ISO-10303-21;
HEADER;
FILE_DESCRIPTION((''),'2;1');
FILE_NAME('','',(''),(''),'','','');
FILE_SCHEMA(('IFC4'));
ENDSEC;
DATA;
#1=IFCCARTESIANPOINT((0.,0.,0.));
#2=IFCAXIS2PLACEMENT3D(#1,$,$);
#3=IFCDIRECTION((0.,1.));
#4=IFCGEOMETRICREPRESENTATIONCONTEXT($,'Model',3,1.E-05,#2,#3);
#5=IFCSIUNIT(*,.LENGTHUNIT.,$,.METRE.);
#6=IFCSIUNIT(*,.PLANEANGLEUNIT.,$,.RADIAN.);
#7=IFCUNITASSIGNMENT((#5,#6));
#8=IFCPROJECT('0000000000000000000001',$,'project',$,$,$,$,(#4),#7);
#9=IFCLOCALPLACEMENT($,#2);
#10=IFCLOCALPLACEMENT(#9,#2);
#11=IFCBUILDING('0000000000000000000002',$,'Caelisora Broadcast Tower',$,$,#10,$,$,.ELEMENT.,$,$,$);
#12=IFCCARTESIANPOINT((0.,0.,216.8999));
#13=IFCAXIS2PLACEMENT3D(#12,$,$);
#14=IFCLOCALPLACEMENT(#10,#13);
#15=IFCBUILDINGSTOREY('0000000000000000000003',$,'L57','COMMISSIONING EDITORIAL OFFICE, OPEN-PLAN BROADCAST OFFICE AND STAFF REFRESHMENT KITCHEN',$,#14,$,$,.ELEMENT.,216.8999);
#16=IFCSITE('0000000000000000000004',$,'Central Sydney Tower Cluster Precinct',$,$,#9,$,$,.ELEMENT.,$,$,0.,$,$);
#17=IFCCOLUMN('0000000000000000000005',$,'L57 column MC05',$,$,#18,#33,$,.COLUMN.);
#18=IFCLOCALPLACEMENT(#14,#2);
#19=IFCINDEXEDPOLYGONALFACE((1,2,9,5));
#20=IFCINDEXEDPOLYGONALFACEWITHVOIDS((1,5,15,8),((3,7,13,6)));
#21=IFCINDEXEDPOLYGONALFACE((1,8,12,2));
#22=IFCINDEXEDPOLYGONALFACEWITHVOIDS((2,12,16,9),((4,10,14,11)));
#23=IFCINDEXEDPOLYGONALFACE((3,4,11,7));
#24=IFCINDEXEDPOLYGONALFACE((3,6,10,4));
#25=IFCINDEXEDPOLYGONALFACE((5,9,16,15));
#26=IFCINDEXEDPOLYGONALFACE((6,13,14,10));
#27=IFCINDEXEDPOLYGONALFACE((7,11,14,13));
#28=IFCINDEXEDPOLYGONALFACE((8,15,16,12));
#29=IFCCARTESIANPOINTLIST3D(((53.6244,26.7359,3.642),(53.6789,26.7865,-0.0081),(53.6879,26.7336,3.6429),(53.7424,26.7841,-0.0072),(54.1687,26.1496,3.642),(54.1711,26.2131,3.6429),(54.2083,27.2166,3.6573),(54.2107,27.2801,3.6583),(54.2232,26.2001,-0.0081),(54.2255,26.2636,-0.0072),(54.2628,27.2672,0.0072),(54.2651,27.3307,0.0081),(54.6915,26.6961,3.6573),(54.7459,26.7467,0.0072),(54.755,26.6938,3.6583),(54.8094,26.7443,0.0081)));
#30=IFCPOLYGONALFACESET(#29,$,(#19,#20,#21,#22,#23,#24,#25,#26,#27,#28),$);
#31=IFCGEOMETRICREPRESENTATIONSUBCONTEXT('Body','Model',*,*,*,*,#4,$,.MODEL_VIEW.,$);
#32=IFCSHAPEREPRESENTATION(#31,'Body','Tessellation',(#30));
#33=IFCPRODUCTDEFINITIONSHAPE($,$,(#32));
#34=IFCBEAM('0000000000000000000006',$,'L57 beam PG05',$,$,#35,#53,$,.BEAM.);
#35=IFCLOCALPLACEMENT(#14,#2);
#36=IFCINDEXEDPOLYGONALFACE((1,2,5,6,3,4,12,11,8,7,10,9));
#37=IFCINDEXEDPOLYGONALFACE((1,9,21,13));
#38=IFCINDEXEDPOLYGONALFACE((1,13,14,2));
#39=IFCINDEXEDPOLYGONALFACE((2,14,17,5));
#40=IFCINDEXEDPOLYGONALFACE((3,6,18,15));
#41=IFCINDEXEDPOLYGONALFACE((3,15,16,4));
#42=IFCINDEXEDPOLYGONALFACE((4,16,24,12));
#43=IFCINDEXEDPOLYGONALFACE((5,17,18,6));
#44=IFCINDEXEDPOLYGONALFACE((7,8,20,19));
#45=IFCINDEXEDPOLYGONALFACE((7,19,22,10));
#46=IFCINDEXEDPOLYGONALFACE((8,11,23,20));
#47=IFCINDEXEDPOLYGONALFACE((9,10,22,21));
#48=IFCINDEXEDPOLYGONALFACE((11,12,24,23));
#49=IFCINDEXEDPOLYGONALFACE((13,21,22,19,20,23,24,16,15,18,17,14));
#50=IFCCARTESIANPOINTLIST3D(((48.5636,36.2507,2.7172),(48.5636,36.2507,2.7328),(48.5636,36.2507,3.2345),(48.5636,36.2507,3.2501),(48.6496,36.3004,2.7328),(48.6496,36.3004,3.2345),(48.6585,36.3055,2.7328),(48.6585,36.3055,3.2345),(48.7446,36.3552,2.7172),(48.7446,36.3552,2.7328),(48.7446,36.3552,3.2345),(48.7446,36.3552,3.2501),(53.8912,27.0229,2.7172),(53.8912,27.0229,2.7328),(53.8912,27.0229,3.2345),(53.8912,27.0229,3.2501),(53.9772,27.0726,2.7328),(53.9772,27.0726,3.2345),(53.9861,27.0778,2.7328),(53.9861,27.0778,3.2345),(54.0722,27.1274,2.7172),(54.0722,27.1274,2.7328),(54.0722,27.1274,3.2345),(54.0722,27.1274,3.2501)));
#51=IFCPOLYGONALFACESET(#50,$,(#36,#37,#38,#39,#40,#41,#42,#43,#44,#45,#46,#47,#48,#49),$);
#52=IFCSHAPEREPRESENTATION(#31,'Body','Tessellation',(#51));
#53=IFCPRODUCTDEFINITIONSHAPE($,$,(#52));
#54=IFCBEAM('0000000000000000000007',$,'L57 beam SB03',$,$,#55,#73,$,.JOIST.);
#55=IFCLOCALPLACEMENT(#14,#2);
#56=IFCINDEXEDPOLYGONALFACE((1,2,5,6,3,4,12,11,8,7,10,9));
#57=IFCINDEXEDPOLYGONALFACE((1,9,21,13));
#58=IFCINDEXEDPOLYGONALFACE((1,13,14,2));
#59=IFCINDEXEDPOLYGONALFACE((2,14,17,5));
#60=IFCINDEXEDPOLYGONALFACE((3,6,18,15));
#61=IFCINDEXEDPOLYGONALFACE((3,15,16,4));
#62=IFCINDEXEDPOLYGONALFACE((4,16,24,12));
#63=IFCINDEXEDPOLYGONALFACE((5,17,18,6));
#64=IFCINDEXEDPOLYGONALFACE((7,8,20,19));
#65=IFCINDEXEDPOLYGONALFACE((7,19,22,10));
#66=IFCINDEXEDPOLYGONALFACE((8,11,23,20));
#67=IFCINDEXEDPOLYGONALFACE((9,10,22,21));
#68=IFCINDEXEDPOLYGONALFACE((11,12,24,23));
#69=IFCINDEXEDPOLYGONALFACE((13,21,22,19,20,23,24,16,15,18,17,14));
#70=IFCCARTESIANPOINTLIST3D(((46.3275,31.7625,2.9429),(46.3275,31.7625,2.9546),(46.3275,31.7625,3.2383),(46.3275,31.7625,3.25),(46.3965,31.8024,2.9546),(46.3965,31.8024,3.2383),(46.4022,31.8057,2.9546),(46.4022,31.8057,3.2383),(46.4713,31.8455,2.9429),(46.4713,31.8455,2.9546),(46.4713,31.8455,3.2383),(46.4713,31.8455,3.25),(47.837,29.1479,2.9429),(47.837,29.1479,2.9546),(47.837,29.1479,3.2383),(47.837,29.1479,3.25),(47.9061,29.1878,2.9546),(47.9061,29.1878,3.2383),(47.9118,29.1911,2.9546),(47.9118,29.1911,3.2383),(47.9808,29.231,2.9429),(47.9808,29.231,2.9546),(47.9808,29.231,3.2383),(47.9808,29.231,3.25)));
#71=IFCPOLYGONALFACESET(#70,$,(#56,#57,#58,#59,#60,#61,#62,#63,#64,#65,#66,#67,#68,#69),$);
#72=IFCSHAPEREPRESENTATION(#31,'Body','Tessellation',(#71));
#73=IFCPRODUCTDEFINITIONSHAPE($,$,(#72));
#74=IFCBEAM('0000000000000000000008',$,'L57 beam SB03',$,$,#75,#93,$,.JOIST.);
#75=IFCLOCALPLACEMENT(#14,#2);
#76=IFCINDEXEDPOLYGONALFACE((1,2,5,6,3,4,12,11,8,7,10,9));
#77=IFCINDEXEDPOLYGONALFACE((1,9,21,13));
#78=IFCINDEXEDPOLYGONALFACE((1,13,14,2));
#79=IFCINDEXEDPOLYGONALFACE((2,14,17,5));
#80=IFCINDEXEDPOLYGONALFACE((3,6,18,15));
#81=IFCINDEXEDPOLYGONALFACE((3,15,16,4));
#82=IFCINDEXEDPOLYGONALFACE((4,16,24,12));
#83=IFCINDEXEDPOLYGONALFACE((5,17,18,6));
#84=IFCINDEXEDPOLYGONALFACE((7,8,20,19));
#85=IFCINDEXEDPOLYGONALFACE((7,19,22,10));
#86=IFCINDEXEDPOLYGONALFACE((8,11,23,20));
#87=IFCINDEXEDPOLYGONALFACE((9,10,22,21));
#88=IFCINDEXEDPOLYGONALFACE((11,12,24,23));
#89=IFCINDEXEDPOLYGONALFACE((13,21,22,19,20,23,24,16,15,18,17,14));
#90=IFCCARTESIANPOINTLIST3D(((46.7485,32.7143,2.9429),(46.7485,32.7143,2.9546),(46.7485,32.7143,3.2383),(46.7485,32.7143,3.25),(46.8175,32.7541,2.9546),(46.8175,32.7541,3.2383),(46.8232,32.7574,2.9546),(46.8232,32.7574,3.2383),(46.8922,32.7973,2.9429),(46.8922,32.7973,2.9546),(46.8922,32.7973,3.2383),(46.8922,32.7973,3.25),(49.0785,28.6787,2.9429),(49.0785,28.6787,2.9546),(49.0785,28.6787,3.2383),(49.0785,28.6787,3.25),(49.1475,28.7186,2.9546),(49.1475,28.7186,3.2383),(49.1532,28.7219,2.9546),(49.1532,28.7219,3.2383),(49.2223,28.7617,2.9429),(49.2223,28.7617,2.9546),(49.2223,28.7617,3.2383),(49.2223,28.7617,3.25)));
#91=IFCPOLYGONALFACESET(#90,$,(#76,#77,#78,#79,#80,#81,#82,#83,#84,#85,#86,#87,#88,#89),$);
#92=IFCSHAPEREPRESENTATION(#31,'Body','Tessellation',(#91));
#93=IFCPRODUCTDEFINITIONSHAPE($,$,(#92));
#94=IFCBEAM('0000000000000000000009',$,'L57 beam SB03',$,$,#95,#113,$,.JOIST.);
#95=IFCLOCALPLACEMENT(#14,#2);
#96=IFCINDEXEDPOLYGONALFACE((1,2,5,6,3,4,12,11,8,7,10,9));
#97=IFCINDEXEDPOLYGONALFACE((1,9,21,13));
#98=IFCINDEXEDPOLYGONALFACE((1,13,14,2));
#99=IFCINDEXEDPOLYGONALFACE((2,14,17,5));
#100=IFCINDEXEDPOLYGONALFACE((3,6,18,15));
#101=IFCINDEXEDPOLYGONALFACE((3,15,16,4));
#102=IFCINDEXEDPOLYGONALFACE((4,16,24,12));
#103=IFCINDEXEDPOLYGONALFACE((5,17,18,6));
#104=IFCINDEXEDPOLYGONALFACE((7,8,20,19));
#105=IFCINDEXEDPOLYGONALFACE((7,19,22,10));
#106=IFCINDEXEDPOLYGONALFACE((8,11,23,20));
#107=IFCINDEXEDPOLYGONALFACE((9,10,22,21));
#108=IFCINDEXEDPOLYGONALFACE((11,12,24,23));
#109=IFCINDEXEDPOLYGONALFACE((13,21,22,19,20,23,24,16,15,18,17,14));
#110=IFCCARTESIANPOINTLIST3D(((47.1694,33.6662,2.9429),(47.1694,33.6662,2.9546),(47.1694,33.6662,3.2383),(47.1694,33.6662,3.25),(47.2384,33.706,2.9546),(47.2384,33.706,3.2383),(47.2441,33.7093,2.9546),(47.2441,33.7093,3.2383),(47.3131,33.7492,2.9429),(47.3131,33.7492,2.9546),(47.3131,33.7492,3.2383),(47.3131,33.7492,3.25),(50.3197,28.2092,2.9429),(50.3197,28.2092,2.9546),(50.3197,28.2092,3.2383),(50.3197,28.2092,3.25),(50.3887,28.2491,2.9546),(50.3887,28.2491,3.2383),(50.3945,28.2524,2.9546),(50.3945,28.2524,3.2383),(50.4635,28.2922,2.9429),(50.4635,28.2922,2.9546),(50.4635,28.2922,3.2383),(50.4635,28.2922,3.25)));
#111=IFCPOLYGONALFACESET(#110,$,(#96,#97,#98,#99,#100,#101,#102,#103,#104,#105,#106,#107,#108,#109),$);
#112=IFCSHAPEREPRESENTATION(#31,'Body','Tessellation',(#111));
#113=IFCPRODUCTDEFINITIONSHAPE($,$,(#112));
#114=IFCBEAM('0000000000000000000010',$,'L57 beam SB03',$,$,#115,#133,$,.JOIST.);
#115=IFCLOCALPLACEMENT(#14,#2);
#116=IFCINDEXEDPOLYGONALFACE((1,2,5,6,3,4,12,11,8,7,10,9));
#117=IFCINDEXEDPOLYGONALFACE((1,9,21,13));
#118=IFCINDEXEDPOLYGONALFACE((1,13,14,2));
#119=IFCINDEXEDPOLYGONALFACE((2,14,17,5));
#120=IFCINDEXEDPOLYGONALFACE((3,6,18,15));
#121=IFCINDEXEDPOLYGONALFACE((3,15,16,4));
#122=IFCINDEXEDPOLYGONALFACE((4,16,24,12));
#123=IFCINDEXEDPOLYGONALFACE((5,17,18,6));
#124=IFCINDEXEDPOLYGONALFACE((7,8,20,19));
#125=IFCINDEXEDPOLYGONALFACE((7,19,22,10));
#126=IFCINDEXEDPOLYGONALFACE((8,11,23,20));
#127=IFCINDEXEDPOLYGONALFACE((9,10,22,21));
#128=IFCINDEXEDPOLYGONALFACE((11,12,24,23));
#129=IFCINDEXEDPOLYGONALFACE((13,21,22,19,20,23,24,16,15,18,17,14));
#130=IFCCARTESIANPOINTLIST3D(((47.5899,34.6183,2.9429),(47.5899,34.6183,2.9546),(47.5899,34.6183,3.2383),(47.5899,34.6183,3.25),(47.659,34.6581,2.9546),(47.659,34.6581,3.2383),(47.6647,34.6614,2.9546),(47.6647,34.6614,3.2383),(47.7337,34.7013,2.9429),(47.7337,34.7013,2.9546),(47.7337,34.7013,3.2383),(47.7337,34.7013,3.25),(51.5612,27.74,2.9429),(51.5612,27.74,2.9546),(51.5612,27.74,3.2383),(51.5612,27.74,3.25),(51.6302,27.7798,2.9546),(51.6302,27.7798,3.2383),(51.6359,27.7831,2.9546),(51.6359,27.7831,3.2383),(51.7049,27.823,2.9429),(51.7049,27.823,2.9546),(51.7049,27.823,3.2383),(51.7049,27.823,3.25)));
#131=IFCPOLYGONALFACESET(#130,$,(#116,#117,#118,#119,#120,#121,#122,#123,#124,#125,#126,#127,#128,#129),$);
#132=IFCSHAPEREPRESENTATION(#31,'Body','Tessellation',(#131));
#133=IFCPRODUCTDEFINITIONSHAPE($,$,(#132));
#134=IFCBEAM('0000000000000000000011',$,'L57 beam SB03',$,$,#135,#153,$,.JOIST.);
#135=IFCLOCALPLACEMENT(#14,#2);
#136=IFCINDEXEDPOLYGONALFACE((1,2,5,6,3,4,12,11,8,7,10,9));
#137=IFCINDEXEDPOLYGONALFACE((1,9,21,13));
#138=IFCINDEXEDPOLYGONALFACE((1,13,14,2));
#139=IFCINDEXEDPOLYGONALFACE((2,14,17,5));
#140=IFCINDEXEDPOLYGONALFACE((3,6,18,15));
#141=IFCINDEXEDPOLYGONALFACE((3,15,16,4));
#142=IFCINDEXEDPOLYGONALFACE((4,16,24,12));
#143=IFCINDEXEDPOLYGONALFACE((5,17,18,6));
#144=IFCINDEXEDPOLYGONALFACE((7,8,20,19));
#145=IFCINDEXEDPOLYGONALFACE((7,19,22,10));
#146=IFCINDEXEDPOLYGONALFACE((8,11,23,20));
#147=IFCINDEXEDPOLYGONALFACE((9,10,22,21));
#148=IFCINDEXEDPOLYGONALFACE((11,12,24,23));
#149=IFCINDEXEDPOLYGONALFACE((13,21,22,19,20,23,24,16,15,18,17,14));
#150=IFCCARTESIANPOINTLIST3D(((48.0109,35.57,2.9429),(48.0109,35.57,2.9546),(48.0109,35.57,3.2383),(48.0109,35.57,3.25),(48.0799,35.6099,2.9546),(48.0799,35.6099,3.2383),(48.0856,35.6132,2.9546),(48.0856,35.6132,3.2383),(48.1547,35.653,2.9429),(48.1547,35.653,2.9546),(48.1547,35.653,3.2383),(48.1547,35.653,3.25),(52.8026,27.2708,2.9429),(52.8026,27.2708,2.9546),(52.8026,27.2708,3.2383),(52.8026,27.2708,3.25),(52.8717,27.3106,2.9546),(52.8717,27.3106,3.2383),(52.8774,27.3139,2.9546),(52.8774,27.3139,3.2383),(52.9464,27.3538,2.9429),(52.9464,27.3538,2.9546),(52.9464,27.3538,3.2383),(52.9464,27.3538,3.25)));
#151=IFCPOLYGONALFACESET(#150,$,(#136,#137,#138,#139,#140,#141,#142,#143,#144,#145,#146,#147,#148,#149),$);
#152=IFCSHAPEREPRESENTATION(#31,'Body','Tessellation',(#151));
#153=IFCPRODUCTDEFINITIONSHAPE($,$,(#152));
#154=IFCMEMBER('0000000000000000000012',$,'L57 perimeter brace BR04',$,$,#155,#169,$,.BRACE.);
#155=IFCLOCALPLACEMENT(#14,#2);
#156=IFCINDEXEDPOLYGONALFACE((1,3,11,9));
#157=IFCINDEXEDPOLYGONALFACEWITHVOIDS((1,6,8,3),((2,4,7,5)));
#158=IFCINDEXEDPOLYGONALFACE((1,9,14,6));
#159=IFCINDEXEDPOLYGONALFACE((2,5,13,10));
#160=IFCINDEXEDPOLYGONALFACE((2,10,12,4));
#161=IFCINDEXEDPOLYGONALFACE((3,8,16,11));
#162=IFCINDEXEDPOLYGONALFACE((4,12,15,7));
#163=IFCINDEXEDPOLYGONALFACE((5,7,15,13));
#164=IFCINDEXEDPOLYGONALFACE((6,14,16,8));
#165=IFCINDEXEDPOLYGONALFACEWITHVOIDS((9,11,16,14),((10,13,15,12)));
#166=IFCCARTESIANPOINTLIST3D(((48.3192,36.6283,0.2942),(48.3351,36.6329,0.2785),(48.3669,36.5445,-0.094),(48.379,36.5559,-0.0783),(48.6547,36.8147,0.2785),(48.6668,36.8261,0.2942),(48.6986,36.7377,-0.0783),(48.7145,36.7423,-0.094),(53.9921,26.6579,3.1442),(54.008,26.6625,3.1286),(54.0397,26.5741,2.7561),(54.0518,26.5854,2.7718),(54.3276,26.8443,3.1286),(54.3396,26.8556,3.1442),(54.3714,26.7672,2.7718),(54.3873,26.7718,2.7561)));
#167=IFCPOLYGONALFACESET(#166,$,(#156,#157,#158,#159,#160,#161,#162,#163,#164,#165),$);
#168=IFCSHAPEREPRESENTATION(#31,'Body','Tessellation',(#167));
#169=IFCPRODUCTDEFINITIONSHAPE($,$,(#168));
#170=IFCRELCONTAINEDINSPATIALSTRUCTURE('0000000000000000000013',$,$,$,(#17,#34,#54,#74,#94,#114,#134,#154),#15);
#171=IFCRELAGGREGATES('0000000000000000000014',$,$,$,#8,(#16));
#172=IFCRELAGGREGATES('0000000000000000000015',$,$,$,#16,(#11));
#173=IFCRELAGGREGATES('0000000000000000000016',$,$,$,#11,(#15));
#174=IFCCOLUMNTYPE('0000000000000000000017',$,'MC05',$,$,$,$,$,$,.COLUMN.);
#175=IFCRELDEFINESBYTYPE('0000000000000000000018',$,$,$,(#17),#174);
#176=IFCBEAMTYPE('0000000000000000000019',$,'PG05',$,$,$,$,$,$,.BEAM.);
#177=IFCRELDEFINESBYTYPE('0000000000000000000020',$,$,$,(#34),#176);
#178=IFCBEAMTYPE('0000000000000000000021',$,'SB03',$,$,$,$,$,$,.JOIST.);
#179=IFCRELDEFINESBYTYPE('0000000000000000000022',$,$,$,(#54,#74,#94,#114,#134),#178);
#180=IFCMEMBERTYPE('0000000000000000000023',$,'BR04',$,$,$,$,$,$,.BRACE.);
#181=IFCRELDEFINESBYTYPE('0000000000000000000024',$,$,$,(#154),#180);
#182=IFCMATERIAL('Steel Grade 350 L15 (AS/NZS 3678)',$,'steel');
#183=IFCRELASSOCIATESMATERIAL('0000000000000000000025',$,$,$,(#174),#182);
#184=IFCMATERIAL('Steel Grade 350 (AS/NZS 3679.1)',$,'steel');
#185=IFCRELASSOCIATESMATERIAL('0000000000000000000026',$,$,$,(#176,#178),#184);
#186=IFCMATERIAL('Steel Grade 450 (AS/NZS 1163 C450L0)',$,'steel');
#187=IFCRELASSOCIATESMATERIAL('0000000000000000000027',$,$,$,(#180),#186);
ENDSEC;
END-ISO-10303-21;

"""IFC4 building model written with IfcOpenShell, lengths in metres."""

from ifc_helpers import new_model, si_unit, direction, frame, origin, origin_2d, place, context, subcontext, project, spatial, hollow_rectangle, i_section, extrude, source, transform, mapped, material, material_profile, profile_set, type_object, type_shapes, element, save


model = new_model("IFC4")

# Units and contexts
model_context = context("Model", 3, precision=1e-05, world=origin(), true_north=direction((0.0, 1.0)))
body_context = subcontext(model_context, "Body", "Model", "MODEL_VIEW")
ifc_project = project(units=[si_unit("LENGTHUNIT", "METRE"), si_unit("PLANEANGLEUNIT", "RADIAN")], contexts=[model_context])

# Site, building, storey
site_placement = place(None, origin())
site = spatial("IfcSite", under=ifc_project, at=site_placement, Name="Central Sydney Tower Cluster Precinct", CompositionType="ELEMENT", RefElevation=0.0)
building_placement = place(site_placement, origin())
building = spatial("IfcBuilding", under=site, at=building_placement, Name="Caelisora Broadcast Tower", CompositionType="ELEMENT")
storey_placement = place(building_placement, frame((0.0, 0.0, 216.8999)))
storey = spatial("IfcBuildingStorey", under=building, at=storey_placement, Name="L57", Description="COMMISSIONING EDITORIAL OFFICE, OPEN-PLAN BROADCAST OFFICE AND STAFF REFRESHMENT KITCHEN", CompositionType="ELEMENT", Elevation=216.8999)

# Column
ifc_material_1 = material(Name="Steel Grade 350 L15 (AS/NZS 3678)", Category="steel")
ifc_material_profile_1 = material_profile(ifc_material_1, hollow_rectangle(XDim=0.8, YDim=0.8, WallThickness=0.0449, at=origin_2d()), Name="Steel Grade 350 L15 (AS/NZS 3678)")
ifc_profile_set_1 = profile_set([ifc_material_profile_1], Name="Steel Grade 350 L15 (AS/NZS 3678)")
column_type = type_object("IfcColumnType", Name="MC05", PredefinedType="COLUMN", material=ifc_profile_set_1)
shared_shape_1 = source(origin(), body_context, "Body", "SweptSolid", [
    extrude(hollow_rectangle(XDim=0.8, YDim=0.8, WallThickness=0.0449, at=origin_2d()), origin(), (0.0, 0.0, 1.0), 3.6509),
])
type_shapes(column_type, [shared_shape_1])
column_placement = place(storey_placement, frame((54.2441, 26.7654, 0.0), z_axis=(-0.014912, -0.013842, 0.999793), x_axis=(0.680325, -0.732911, 0.0)))
element("IfcColumn", 1, at=column_placement, inside=storey, type_object=column_type, Name="L57 column MC05", PredefinedType="COLUMN", context=body_context, shape_type="MappedRepresentation", body=[
    mapped(shared_shape_1, transform((0.0, 0.0, 0.0), scale=1.0)),
])

# Beams
ifc_material_2 = material(Name="Steel Grade 350 (AS/NZS 3679.1)", Category="steel")
ifc_material_profile_2 = material_profile(ifc_material_2, i_section(OverallWidth=0.209, OverallDepth=0.533, WebThickness=0.0103, FlangeThickness=0.0156, at=origin_2d()), Name="Steel Grade 350 (AS/NZS 3679.1)")
ifc_profile_set_2 = profile_set([ifc_material_profile_2], Name="Steel Grade 350 (AS/NZS 3679.1)")
beam_type_1 = type_object("IfcBeamType", Name="PG05", PredefinedType="BEAM", material=ifc_profile_set_2)
shared_shape_2 = source(origin(), body_context, "Body", "SweptSolid", [
    extrude(i_section(OverallWidth=0.209, OverallDepth=0.533, WebThickness=0.0103, FlangeThickness=0.0156, at=origin_2d()), origin(), (0.0, 0.0, 1.0), 10.6553),
])
type_shapes(beam_type_1, [shared_shape_2])
beam_1_placement = place(storey_placement, frame((53.9817, 27.0752, 2.9836), z_axis=(-0.499998, 0.866026, 0.0), x_axis=(-0.866026, -0.499998, 0.0)))
element("IfcBeam", 2, at=beam_1_placement, inside=storey, type_object=beam_type_1, Name="L57 beam PG05", PredefinedType="BEAM", context=body_context, shape_type="MappedRepresentation", body=[
    mapped(shared_shape_2, transform((0.0, 0.0, 0.0), scale=1.0)),
])
ifc_material_profile_3 = material_profile(ifc_material_2, i_section(OverallWidth=0.166, OverallDepth=0.3071, WebThickness=0.0066, FlangeThickness=0.0117, at=origin_2d()), Name="Steel Grade 350 (AS/NZS 3679.1)")
ifc_profile_set_3 = profile_set([ifc_material_profile_3], Name="Steel Grade 350 (AS/NZS 3679.1)")
beam_type_2 = type_object("IfcBeamType", Name="SB03", PredefinedType="JOIST", material=ifc_profile_set_3)
shared_shape_3 = source(origin(), body_context, "Body", "SweptSolid", [
    extrude(i_section(OverallWidth=0.166, OverallDepth=0.3071, WebThickness=0.0066, FlangeThickness=0.0117, at=origin_2d()), origin(), (0.0, 0.0, 1.0), 3.019),
])
beam_2_placement = place(storey_placement, frame((47.9089, 29.1895, 3.0964), z_axis=(-0.500009, 0.86602, 0.0), x_axis=(-0.86602, -0.500009, 0.0)))
element("IfcBeam", 3, at=beam_2_placement, inside=storey, type_object=beam_type_2, Name="L57 beam SB03", PredefinedType="JOIST", context=body_context, shape_type="MappedRepresentation", body=[
    mapped(shared_shape_3, transform((0.0, 0.0, 0.0), scale=1.0)),
])
shared_shape_4 = source(origin(), body_context, "Body", "SweptSolid", [
    extrude(i_section(OverallWidth=0.166, OverallDepth=0.3071, WebThickness=0.0066, FlangeThickness=0.0117, at=origin_2d()), origin(), (0.0, 0.0, 1.0), 4.6599),
])
beam_3_placement = place(storey_placement, frame((49.1504, 28.7202, 3.0964), z_axis=(-0.500016, 0.866016, 0.0), x_axis=(-0.866016, -0.500016, 0.0)))
element("IfcBeam", 4, at=beam_3_placement, inside=storey, type_object=beam_type_2, Name="L57 beam SB03", PredefinedType="JOIST", context=body_context, shape_type="MappedRepresentation", body=[
    mapped(shared_shape_4, transform((0.0, 0.0, 0.0), scale=1.0)),
])
shared_shape_5 = source(origin(), body_context, "Body", "SweptSolid", [
    extrude(i_section(OverallWidth=0.166, OverallDepth=0.3071, WebThickness=0.0066, FlangeThickness=0.0117, at=origin_2d()), origin(), (0.0, 0.0, 1.0), 6.301),
])
beam_4_placement = place(storey_placement, frame((50.3916, 28.2507, 3.0964), z_axis=(-0.499973, 0.866041, 0.0), x_axis=(-0.866041, -0.499973, 0.0)))
element("IfcBeam", 5, at=beam_4_placement, inside=storey, type_object=beam_type_2, Name="L57 beam SB03", PredefinedType="JOIST", context=body_context, shape_type="MappedRepresentation", body=[
    mapped(shared_shape_5, transform((0.0, 0.0, 0.0), scale=1.0)),
])
shared_shape_6 = source(origin(), body_context, "Body", "SweptSolid", [
    extrude(i_section(OverallWidth=0.166, OverallDepth=0.3071, WebThickness=0.0066, FlangeThickness=0.0117, at=origin_2d()), origin(), (0.0, 0.0, 1.0), 7.9424),
])
beam_5_placement = place(storey_placement, frame((51.6331, 27.7815, 3.0964), z_axis=(-0.500007, 0.866021, 0.0), x_axis=(-0.866021, -0.500007, 0.0)))
element("IfcBeam", 6, at=beam_5_placement, inside=storey, type_object=beam_type_2, Name="L57 beam SB03", PredefinedType="JOIST", context=body_context, shape_type="MappedRepresentation", body=[
    mapped(shared_shape_6, transform((0.0, 0.0, 0.0), scale=1.0)),
])
shared_shape_7 = source(origin(), body_context, "Body", "SweptSolid", [
    extrude(i_section(OverallWidth=0.166, OverallDepth=0.3071, WebThickness=0.0066, FlangeThickness=0.0117, at=origin_2d()), origin(), (0.0, 0.0, 1.0), 9.5833),
])
type_shapes(beam_type_2, [shared_shape_3, shared_shape_4, shared_shape_5, shared_shape_6, shared_shape_7])
beam_6_placement = place(storey_placement, frame((52.8745, 27.3123, 3.0964), z_axis=(-0.500011, 0.866019, 0.0), x_axis=(-0.866019, -0.500011, 0.0)))
element("IfcBeam", 7, at=beam_6_placement, inside=storey, type_object=beam_type_2, Name="L57 beam SB03", PredefinedType="JOIST", context=body_context, shape_type="MappedRepresentation", body=[
    mapped(shared_shape_7, transform((0.0, 0.0, 0.0), scale=1.0)),
])

# Member
ifc_material_3 = material(Name="Steel Grade 450 (AS/NZS 1163 C450L0)", Category="steel")
ifc_material_profile_4 = material_profile(ifc_material_3, hollow_rectangle(XDim=0.3999, YDim=0.3999, WallThickness=0.0161, at=origin_2d()), Name="Steel Grade 450 (AS/NZS 1163 C450L0)")
ifc_profile_set_4 = profile_set([ifc_material_profile_4], Name="Steel Grade 450 (AS/NZS 1163 C450L0)")
member_type_1 = type_object("IfcMemberType", Name="BR04", PredefinedType="BRACE", material=ifc_profile_set_4)
shared_shape_8 = source(origin(), body_context, "Body", "SweptSolid", [
    extrude(hollow_rectangle(XDim=0.3999, YDim=0.3999, WallThickness=0.0161, at=origin_2d()), origin(), (0.0, 0.0, 1.0), 11.8201),
])
type_shapes(member_type_1, [shared_shape_8])
member_1_placement = place(storey_placement, frame((54.1897, 26.7148, 2.9502), z_axis=(-0.479933, 0.843519, -0.241123), x_axis=(-0.869164, -0.494525, 0.0)))
element("IfcMember", 8, at=member_1_placement, inside=storey, type_object=member_type_1, Name="L57 perimeter brace BR04", PredefinedType="BRACE", context=body_context, shape_type="MappedRepresentation", body=[
    mapped(shared_shape_8, transform((0.0, 0.0, 0.0), scale=1.0)),
])

save(model, "model.ifc")
